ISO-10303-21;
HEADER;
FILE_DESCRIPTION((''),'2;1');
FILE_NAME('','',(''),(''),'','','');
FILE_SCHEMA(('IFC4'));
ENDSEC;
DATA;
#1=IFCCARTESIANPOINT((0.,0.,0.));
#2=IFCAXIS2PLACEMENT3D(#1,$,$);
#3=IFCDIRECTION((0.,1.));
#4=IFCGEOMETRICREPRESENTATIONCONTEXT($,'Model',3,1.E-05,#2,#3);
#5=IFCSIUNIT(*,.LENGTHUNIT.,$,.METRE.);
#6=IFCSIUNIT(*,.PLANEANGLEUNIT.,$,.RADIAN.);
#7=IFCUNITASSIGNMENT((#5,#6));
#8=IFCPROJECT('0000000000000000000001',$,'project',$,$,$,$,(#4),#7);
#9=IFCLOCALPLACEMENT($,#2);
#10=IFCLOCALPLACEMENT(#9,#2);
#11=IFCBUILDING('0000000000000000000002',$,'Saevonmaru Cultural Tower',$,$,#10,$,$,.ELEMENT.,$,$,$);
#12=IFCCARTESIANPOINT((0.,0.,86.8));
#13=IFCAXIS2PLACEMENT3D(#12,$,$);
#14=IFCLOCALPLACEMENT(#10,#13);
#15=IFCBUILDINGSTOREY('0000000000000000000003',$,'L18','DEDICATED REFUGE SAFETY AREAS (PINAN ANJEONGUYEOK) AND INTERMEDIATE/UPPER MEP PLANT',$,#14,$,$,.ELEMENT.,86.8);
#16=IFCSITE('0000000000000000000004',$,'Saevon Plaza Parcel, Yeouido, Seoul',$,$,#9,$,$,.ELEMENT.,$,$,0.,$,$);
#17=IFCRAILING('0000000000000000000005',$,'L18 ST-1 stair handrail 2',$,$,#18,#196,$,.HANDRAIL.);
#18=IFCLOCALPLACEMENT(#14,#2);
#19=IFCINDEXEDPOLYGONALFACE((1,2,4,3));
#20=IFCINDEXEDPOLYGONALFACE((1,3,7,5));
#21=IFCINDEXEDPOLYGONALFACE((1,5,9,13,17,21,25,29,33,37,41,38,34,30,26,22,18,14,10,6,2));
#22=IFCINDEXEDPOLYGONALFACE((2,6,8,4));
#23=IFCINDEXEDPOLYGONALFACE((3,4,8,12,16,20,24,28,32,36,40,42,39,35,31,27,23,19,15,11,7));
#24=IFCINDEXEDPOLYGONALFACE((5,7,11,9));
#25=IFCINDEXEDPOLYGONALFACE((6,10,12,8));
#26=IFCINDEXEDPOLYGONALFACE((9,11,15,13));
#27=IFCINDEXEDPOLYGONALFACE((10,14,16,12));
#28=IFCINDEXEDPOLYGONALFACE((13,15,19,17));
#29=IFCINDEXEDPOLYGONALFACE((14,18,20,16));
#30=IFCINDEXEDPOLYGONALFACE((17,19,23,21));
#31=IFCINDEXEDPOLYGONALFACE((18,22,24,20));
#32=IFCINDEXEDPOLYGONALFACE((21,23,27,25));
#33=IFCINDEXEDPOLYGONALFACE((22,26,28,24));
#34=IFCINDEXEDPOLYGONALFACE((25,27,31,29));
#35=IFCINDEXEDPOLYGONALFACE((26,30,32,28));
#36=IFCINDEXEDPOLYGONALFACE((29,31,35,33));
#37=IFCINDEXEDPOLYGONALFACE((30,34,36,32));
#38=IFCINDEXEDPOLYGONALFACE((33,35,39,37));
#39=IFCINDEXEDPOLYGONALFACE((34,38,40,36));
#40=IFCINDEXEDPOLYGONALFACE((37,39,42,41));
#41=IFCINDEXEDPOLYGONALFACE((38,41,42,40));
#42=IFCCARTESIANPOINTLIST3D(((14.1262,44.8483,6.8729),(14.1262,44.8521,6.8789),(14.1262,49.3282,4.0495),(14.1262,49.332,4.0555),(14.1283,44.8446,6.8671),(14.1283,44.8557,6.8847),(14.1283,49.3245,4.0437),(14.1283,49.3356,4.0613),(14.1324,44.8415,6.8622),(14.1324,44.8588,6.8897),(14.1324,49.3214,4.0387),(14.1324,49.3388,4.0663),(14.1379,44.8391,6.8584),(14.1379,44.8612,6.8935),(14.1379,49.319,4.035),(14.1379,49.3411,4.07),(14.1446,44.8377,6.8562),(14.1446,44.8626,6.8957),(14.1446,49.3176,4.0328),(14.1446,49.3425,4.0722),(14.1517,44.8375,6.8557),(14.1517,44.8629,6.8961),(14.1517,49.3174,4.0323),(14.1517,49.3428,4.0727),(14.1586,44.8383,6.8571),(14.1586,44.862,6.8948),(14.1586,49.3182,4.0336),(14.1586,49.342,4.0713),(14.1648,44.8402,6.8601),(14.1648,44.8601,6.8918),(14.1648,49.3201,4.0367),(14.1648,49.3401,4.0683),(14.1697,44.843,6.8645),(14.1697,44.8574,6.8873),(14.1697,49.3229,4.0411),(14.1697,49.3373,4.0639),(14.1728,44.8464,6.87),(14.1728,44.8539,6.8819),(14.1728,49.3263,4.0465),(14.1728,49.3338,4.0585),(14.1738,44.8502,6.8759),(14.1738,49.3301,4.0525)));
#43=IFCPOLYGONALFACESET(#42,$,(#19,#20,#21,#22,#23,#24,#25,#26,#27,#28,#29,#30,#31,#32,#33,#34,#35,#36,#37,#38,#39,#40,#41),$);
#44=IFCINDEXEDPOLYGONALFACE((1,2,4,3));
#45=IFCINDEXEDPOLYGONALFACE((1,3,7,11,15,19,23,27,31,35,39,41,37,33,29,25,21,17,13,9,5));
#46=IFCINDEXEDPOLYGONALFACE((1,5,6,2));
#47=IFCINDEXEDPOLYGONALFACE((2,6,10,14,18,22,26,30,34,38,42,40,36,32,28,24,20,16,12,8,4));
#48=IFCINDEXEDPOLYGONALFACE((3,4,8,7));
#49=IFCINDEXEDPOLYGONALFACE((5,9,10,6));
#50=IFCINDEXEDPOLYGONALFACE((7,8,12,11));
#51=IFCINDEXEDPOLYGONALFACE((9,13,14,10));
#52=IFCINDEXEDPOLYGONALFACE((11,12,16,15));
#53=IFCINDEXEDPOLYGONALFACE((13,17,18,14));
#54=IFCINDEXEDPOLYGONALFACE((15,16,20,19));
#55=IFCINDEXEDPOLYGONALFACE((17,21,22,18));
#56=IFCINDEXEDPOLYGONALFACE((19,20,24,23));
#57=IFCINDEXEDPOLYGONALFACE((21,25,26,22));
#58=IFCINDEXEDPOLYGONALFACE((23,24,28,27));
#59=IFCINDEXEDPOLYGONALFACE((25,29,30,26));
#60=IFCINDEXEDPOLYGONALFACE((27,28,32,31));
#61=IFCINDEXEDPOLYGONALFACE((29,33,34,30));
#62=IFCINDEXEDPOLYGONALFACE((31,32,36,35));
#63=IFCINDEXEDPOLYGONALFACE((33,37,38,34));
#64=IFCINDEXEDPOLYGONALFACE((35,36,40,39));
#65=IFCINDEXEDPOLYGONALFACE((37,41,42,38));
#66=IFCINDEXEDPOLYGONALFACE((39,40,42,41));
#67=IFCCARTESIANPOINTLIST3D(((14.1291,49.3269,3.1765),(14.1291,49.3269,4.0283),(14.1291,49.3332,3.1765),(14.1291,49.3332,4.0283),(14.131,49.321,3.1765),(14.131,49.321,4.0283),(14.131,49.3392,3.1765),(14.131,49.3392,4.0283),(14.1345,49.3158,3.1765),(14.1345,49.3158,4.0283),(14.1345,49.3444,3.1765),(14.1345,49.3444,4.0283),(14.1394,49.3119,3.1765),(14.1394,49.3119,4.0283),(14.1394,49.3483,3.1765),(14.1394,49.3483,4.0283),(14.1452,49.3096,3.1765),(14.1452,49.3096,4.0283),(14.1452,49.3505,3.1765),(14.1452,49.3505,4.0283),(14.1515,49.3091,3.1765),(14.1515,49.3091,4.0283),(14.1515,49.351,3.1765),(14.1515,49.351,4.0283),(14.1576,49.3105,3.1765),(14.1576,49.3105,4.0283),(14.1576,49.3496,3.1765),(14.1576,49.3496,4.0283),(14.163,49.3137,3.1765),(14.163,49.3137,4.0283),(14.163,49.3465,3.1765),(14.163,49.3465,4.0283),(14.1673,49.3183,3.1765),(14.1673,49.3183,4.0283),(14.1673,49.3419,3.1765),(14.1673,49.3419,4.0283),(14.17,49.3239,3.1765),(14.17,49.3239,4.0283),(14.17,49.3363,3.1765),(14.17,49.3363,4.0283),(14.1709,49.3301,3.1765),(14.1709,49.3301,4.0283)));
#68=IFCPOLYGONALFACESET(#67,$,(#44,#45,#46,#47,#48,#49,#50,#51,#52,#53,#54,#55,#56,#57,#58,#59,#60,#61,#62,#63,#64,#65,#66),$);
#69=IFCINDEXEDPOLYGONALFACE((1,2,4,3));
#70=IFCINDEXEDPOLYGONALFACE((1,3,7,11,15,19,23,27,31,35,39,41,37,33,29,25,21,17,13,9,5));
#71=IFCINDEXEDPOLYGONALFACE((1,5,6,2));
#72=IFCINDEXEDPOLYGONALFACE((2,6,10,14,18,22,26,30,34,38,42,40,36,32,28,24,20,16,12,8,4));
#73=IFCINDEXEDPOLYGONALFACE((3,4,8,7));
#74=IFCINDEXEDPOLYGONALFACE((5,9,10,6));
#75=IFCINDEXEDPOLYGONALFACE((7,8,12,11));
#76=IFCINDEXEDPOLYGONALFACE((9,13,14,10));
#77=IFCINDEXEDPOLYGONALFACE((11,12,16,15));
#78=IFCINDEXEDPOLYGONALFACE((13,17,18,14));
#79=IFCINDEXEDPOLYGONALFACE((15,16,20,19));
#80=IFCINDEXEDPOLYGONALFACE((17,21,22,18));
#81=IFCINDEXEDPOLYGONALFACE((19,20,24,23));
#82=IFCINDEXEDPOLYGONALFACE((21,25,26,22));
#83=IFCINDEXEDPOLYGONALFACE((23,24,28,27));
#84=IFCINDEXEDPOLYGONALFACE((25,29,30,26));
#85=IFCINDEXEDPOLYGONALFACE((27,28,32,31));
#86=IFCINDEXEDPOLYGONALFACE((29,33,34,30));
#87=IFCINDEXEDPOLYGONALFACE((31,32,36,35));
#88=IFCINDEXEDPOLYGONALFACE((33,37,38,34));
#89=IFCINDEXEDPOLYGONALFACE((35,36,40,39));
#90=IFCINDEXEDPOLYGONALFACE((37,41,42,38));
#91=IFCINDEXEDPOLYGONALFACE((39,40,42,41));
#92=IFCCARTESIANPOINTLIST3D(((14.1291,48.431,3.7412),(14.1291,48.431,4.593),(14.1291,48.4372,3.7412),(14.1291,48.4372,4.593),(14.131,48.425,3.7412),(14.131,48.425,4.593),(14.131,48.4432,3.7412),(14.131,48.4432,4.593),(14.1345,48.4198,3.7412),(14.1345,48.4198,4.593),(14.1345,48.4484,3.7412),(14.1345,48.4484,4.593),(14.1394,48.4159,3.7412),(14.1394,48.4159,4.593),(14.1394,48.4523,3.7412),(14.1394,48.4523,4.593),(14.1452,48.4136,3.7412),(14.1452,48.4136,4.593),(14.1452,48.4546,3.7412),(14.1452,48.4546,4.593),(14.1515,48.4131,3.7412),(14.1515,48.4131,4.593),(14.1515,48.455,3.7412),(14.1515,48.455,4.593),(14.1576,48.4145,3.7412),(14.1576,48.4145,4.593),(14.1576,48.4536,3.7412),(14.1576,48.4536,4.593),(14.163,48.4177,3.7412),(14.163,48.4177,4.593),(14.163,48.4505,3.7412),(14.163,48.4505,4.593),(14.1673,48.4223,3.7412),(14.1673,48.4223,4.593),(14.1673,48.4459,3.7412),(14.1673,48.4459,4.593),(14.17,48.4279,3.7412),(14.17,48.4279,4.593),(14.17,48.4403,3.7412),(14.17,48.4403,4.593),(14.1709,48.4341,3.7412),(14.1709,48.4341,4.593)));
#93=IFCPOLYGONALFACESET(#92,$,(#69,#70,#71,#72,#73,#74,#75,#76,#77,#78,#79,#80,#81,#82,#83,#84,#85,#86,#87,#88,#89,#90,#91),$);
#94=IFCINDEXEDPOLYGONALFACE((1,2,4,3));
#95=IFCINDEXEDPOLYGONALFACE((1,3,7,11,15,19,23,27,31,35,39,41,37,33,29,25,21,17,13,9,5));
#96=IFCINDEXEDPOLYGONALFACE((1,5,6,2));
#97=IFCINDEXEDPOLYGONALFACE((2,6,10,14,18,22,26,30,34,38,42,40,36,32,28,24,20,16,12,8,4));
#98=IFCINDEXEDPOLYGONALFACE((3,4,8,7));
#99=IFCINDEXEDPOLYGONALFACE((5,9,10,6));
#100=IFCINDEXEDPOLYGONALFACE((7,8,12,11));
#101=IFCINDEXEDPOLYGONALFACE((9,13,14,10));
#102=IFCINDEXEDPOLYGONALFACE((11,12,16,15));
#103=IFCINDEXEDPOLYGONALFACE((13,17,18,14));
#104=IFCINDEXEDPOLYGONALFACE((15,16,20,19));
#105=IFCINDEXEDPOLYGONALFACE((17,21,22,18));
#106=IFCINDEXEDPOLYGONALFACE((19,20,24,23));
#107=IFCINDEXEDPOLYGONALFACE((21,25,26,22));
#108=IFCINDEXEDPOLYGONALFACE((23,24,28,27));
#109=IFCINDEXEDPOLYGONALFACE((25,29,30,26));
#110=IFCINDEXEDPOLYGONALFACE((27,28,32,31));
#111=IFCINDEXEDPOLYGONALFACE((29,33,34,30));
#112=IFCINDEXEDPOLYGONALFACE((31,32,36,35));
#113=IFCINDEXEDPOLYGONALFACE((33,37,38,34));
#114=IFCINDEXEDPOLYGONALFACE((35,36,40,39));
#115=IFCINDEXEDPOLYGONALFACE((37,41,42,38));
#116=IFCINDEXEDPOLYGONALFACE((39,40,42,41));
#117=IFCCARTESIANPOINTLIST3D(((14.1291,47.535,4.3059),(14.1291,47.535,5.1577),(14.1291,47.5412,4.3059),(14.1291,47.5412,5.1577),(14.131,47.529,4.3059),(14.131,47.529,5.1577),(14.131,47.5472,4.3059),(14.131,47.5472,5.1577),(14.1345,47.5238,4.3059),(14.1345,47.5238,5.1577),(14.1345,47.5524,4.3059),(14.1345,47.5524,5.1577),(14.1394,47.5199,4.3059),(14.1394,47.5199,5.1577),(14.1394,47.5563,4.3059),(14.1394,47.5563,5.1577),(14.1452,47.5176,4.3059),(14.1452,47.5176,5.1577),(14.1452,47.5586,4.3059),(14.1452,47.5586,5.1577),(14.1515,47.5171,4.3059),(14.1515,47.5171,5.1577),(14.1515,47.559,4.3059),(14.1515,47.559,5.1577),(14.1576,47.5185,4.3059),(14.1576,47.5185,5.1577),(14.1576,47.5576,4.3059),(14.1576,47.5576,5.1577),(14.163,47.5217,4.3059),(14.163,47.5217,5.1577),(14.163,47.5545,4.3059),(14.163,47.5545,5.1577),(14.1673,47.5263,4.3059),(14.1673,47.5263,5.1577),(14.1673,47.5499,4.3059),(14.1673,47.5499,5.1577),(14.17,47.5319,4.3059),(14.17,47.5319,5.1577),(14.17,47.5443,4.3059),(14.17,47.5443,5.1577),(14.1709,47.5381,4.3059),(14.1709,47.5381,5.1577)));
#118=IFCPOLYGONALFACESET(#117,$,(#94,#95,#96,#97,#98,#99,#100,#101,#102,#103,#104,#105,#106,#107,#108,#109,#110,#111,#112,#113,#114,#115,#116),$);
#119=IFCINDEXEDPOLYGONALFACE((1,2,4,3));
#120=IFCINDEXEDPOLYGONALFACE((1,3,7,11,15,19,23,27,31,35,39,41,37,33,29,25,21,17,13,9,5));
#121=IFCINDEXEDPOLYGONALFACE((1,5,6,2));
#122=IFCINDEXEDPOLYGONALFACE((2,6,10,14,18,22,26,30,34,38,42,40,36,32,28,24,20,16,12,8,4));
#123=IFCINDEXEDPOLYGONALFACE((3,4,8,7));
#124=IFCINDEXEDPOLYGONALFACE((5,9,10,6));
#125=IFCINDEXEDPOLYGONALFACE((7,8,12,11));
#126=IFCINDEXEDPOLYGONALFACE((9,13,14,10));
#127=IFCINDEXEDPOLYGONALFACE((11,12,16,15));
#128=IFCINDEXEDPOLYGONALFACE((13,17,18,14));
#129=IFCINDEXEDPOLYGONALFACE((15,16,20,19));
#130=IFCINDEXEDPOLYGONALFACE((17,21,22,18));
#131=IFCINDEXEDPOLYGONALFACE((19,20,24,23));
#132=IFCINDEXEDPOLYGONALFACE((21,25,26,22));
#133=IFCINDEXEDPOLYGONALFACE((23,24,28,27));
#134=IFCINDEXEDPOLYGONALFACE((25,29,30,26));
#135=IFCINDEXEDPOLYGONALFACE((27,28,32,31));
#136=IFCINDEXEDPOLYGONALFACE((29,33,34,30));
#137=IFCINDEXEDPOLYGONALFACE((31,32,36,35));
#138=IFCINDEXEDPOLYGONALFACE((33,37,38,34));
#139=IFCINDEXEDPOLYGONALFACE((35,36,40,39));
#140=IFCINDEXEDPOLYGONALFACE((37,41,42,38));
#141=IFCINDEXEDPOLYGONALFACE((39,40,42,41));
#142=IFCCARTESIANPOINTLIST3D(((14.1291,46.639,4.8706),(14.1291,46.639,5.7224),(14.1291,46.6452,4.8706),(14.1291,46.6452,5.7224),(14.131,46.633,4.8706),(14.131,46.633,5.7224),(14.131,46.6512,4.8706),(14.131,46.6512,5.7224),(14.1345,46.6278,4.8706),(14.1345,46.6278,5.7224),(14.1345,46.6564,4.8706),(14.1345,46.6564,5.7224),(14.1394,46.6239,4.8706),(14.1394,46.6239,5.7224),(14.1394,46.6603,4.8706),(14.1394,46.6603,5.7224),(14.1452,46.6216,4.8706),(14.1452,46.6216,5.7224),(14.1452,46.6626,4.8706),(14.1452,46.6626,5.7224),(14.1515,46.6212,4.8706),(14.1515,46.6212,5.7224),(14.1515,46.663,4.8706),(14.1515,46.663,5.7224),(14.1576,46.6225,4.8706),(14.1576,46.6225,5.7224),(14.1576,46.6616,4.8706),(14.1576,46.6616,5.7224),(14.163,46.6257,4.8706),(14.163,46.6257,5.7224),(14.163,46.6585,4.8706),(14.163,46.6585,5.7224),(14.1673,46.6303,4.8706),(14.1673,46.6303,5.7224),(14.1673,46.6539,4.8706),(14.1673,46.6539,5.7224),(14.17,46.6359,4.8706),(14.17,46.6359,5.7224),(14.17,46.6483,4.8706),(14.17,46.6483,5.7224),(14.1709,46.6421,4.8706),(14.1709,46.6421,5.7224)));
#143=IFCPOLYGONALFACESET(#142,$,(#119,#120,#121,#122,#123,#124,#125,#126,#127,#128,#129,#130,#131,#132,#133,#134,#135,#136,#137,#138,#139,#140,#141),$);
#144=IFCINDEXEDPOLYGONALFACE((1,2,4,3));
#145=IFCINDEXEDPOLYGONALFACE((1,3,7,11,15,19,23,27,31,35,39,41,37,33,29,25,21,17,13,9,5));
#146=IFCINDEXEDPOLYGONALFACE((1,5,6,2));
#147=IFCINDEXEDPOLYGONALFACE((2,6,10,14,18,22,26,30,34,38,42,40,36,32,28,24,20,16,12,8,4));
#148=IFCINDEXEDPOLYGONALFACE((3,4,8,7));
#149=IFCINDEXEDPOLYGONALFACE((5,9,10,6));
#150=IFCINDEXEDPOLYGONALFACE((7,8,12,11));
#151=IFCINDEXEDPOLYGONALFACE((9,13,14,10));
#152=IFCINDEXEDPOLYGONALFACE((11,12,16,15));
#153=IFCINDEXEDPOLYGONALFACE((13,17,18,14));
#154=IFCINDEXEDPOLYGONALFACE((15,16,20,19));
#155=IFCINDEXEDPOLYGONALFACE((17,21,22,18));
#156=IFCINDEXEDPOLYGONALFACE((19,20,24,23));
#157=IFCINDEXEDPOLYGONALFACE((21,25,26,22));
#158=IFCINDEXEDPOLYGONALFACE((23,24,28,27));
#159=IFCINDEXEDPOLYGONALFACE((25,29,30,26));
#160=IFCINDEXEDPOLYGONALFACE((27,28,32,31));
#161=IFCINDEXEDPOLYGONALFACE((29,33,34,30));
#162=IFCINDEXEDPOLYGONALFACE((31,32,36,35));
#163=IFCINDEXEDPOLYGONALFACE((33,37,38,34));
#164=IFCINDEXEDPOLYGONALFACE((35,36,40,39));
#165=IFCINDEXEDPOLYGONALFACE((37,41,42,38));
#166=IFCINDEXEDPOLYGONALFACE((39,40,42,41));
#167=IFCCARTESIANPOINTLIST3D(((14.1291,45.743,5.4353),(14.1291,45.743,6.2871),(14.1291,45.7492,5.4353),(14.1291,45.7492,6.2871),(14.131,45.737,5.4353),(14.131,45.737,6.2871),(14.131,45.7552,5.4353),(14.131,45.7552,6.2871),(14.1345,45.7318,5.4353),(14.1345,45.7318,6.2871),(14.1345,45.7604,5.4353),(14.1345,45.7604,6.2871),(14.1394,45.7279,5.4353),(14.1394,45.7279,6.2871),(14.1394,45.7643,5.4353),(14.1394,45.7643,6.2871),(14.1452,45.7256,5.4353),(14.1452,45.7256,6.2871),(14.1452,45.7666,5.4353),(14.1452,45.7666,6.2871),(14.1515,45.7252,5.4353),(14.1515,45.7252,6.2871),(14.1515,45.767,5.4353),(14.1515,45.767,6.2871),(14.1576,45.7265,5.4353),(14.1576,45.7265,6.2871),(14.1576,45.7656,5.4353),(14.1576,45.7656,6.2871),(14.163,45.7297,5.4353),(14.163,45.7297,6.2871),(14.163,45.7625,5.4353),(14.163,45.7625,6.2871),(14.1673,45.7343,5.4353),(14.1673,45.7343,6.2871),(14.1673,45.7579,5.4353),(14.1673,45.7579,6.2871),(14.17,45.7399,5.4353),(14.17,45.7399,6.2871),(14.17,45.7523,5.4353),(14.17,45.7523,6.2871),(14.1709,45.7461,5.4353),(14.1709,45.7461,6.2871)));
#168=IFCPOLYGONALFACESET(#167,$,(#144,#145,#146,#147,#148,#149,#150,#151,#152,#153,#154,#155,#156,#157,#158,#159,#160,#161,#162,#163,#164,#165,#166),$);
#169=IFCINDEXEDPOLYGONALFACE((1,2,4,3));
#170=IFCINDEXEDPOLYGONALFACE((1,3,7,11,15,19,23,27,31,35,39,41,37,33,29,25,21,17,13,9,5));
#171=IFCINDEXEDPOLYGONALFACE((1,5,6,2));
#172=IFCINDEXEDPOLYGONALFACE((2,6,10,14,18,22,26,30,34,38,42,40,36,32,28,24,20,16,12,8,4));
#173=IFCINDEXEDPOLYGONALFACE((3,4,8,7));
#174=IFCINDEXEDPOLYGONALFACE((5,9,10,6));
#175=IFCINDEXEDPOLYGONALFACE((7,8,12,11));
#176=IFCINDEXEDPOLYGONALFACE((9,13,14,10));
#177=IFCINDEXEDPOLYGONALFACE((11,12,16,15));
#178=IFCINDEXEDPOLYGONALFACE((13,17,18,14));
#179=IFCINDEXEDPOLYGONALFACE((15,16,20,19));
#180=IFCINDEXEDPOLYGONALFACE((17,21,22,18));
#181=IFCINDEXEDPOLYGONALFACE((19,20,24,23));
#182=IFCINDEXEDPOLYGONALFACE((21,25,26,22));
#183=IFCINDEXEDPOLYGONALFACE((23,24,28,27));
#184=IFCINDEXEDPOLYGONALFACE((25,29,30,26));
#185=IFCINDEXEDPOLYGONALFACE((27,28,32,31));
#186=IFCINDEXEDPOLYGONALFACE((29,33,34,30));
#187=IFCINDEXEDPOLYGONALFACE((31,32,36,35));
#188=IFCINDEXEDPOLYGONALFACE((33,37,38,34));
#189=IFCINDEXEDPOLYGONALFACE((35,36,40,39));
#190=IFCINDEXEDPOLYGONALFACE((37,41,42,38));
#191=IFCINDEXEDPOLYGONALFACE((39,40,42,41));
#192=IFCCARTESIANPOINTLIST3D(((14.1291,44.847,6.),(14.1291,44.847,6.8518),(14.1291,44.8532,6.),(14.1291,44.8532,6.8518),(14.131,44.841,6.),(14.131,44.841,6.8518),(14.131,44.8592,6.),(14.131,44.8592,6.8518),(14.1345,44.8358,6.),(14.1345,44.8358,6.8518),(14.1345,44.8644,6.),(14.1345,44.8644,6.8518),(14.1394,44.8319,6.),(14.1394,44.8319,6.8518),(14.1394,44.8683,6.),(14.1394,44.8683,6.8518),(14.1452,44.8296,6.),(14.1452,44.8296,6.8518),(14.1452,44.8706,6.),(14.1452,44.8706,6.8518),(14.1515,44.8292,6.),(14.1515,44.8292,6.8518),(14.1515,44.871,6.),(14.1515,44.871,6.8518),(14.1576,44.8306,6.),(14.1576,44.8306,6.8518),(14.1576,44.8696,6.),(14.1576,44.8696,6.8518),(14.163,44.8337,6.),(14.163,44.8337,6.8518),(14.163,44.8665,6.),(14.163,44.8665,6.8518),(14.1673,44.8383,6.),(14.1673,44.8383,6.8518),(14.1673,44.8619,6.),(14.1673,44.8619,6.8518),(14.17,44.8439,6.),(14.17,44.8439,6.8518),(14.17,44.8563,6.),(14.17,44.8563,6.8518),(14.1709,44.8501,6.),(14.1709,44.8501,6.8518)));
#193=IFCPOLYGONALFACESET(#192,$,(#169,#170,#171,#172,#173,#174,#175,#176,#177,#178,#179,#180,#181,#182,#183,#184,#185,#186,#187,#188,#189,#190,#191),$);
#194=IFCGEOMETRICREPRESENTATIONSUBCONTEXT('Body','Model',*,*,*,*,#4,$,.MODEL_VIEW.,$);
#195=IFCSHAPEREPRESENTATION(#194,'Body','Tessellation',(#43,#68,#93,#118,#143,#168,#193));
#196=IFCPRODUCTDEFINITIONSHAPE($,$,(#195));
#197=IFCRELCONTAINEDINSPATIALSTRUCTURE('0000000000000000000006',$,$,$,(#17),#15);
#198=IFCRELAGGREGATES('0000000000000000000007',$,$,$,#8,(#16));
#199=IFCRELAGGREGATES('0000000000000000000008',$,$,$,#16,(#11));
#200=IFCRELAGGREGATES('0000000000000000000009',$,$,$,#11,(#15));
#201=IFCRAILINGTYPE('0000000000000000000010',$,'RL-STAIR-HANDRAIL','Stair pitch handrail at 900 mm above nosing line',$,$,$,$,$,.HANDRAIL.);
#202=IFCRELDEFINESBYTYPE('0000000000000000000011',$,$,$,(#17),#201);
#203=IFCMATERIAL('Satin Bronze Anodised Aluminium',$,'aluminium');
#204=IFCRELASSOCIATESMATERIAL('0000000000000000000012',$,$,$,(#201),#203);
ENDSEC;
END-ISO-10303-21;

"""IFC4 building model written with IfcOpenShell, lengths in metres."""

from ifc_helpers import new_model, si_unit, direction, frame, origin, origin_2d, place, context, subcontext, project, spatial, circle, extrude, material, type_object, element, save


model = new_model("IFC4")

# Units and contexts
model_context = context("Model", 3, precision=1e-05, world=origin(), true_north=direction((0.0, 1.0)))
body_context = subcontext(model_context, "Body", "Model", "MODEL_VIEW")
ifc_project = project(units=[si_unit("LENGTHUNIT", "METRE"), si_unit("PLANEANGLEUNIT", "RADIAN")], contexts=[model_context])

# Site, building, storey
site_placement = place(None, origin())
site = spatial("IfcSite", under=ifc_project, at=site_placement, Name="Saevon Plaza Parcel, Yeouido, Seoul", CompositionType="ELEMENT", RefElevation=0.0)
building_placement = place(site_placement, origin())
building = spatial("IfcBuilding", under=site, at=building_placement, Name="Saevonmaru Cultural Tower", CompositionType="ELEMENT")
storey_placement = place(building_placement, frame((0.0, 0.0, 86.8)))
storey = spatial("IfcBuildingStorey", under=building, at=storey_placement, Name="L18", Description="DEDICATED REFUGE SAFETY AREAS (PINAN ANJEONGUYEOK) AND INTERMEDIATE/UPPER MEP PLANT", CompositionType="ELEMENT", Elevation=86.8)

# Shared definitions
ifc_material_1 = material(Name="Satin Bronze Anodised Aluminium", Category="aluminium")

# Railing
railing_type_1 = type_object("IfcRailingType", Name="RL-STAIR-HANDRAIL", Description="Stair pitch handrail at 900 mm above nosing line", PredefinedType="HANDRAIL", material=ifc_material_1)
railing_1_placement = place(storey_placement, frame((14.1499, 49.3301, 3.1765)))
element("IfcRailing", 1, at=railing_1_placement, inside=storey, type_object=railing_type_1, Name="L18 ST-1 stair handrail 2", PredefinedType="HANDRAIL", context=body_context, shape_type="SweptSolid", body=[
    extrude(circle(Radius=0.0239, at=origin_2d()), frame((0.0, 0.0, 0.876), z_axis=(0.0, -0.845998, 0.533186), x_axis=(1.0, 0.0, 0.0)), (0.0, 0.0, 1.0), 5.2954),
    extrude(circle(Radius=0.021, at=origin_2d()), origin(), (0.0, 0.0, 1.0), 0.8518),
    extrude(circle(Radius=0.021, at=origin_2d()), frame((0.0, -0.896, 0.5647)), (0.0, 0.0, 1.0), 0.8518),
    extrude(circle(Radius=0.021, at=origin_2d()), frame((0.0, -1.792, 1.1294)), (0.0, 0.0, 1.0), 0.8518),
    extrude(circle(Radius=0.021, at=origin_2d()), frame((0.0, -2.688, 1.6941)), (0.0, 0.0, 1.0), 0.8518),
    extrude(circle(Radius=0.021, at=origin_2d()), frame((0.0, -3.584, 2.2588)), (0.0, 0.0, 1.0), 0.8518),
    extrude(circle(Radius=0.021, at=origin_2d()), frame((0.0, -4.48, 2.8235)), (0.0, 0.0, 1.0), 0.8518),
])

save(model, "model.ifc")
